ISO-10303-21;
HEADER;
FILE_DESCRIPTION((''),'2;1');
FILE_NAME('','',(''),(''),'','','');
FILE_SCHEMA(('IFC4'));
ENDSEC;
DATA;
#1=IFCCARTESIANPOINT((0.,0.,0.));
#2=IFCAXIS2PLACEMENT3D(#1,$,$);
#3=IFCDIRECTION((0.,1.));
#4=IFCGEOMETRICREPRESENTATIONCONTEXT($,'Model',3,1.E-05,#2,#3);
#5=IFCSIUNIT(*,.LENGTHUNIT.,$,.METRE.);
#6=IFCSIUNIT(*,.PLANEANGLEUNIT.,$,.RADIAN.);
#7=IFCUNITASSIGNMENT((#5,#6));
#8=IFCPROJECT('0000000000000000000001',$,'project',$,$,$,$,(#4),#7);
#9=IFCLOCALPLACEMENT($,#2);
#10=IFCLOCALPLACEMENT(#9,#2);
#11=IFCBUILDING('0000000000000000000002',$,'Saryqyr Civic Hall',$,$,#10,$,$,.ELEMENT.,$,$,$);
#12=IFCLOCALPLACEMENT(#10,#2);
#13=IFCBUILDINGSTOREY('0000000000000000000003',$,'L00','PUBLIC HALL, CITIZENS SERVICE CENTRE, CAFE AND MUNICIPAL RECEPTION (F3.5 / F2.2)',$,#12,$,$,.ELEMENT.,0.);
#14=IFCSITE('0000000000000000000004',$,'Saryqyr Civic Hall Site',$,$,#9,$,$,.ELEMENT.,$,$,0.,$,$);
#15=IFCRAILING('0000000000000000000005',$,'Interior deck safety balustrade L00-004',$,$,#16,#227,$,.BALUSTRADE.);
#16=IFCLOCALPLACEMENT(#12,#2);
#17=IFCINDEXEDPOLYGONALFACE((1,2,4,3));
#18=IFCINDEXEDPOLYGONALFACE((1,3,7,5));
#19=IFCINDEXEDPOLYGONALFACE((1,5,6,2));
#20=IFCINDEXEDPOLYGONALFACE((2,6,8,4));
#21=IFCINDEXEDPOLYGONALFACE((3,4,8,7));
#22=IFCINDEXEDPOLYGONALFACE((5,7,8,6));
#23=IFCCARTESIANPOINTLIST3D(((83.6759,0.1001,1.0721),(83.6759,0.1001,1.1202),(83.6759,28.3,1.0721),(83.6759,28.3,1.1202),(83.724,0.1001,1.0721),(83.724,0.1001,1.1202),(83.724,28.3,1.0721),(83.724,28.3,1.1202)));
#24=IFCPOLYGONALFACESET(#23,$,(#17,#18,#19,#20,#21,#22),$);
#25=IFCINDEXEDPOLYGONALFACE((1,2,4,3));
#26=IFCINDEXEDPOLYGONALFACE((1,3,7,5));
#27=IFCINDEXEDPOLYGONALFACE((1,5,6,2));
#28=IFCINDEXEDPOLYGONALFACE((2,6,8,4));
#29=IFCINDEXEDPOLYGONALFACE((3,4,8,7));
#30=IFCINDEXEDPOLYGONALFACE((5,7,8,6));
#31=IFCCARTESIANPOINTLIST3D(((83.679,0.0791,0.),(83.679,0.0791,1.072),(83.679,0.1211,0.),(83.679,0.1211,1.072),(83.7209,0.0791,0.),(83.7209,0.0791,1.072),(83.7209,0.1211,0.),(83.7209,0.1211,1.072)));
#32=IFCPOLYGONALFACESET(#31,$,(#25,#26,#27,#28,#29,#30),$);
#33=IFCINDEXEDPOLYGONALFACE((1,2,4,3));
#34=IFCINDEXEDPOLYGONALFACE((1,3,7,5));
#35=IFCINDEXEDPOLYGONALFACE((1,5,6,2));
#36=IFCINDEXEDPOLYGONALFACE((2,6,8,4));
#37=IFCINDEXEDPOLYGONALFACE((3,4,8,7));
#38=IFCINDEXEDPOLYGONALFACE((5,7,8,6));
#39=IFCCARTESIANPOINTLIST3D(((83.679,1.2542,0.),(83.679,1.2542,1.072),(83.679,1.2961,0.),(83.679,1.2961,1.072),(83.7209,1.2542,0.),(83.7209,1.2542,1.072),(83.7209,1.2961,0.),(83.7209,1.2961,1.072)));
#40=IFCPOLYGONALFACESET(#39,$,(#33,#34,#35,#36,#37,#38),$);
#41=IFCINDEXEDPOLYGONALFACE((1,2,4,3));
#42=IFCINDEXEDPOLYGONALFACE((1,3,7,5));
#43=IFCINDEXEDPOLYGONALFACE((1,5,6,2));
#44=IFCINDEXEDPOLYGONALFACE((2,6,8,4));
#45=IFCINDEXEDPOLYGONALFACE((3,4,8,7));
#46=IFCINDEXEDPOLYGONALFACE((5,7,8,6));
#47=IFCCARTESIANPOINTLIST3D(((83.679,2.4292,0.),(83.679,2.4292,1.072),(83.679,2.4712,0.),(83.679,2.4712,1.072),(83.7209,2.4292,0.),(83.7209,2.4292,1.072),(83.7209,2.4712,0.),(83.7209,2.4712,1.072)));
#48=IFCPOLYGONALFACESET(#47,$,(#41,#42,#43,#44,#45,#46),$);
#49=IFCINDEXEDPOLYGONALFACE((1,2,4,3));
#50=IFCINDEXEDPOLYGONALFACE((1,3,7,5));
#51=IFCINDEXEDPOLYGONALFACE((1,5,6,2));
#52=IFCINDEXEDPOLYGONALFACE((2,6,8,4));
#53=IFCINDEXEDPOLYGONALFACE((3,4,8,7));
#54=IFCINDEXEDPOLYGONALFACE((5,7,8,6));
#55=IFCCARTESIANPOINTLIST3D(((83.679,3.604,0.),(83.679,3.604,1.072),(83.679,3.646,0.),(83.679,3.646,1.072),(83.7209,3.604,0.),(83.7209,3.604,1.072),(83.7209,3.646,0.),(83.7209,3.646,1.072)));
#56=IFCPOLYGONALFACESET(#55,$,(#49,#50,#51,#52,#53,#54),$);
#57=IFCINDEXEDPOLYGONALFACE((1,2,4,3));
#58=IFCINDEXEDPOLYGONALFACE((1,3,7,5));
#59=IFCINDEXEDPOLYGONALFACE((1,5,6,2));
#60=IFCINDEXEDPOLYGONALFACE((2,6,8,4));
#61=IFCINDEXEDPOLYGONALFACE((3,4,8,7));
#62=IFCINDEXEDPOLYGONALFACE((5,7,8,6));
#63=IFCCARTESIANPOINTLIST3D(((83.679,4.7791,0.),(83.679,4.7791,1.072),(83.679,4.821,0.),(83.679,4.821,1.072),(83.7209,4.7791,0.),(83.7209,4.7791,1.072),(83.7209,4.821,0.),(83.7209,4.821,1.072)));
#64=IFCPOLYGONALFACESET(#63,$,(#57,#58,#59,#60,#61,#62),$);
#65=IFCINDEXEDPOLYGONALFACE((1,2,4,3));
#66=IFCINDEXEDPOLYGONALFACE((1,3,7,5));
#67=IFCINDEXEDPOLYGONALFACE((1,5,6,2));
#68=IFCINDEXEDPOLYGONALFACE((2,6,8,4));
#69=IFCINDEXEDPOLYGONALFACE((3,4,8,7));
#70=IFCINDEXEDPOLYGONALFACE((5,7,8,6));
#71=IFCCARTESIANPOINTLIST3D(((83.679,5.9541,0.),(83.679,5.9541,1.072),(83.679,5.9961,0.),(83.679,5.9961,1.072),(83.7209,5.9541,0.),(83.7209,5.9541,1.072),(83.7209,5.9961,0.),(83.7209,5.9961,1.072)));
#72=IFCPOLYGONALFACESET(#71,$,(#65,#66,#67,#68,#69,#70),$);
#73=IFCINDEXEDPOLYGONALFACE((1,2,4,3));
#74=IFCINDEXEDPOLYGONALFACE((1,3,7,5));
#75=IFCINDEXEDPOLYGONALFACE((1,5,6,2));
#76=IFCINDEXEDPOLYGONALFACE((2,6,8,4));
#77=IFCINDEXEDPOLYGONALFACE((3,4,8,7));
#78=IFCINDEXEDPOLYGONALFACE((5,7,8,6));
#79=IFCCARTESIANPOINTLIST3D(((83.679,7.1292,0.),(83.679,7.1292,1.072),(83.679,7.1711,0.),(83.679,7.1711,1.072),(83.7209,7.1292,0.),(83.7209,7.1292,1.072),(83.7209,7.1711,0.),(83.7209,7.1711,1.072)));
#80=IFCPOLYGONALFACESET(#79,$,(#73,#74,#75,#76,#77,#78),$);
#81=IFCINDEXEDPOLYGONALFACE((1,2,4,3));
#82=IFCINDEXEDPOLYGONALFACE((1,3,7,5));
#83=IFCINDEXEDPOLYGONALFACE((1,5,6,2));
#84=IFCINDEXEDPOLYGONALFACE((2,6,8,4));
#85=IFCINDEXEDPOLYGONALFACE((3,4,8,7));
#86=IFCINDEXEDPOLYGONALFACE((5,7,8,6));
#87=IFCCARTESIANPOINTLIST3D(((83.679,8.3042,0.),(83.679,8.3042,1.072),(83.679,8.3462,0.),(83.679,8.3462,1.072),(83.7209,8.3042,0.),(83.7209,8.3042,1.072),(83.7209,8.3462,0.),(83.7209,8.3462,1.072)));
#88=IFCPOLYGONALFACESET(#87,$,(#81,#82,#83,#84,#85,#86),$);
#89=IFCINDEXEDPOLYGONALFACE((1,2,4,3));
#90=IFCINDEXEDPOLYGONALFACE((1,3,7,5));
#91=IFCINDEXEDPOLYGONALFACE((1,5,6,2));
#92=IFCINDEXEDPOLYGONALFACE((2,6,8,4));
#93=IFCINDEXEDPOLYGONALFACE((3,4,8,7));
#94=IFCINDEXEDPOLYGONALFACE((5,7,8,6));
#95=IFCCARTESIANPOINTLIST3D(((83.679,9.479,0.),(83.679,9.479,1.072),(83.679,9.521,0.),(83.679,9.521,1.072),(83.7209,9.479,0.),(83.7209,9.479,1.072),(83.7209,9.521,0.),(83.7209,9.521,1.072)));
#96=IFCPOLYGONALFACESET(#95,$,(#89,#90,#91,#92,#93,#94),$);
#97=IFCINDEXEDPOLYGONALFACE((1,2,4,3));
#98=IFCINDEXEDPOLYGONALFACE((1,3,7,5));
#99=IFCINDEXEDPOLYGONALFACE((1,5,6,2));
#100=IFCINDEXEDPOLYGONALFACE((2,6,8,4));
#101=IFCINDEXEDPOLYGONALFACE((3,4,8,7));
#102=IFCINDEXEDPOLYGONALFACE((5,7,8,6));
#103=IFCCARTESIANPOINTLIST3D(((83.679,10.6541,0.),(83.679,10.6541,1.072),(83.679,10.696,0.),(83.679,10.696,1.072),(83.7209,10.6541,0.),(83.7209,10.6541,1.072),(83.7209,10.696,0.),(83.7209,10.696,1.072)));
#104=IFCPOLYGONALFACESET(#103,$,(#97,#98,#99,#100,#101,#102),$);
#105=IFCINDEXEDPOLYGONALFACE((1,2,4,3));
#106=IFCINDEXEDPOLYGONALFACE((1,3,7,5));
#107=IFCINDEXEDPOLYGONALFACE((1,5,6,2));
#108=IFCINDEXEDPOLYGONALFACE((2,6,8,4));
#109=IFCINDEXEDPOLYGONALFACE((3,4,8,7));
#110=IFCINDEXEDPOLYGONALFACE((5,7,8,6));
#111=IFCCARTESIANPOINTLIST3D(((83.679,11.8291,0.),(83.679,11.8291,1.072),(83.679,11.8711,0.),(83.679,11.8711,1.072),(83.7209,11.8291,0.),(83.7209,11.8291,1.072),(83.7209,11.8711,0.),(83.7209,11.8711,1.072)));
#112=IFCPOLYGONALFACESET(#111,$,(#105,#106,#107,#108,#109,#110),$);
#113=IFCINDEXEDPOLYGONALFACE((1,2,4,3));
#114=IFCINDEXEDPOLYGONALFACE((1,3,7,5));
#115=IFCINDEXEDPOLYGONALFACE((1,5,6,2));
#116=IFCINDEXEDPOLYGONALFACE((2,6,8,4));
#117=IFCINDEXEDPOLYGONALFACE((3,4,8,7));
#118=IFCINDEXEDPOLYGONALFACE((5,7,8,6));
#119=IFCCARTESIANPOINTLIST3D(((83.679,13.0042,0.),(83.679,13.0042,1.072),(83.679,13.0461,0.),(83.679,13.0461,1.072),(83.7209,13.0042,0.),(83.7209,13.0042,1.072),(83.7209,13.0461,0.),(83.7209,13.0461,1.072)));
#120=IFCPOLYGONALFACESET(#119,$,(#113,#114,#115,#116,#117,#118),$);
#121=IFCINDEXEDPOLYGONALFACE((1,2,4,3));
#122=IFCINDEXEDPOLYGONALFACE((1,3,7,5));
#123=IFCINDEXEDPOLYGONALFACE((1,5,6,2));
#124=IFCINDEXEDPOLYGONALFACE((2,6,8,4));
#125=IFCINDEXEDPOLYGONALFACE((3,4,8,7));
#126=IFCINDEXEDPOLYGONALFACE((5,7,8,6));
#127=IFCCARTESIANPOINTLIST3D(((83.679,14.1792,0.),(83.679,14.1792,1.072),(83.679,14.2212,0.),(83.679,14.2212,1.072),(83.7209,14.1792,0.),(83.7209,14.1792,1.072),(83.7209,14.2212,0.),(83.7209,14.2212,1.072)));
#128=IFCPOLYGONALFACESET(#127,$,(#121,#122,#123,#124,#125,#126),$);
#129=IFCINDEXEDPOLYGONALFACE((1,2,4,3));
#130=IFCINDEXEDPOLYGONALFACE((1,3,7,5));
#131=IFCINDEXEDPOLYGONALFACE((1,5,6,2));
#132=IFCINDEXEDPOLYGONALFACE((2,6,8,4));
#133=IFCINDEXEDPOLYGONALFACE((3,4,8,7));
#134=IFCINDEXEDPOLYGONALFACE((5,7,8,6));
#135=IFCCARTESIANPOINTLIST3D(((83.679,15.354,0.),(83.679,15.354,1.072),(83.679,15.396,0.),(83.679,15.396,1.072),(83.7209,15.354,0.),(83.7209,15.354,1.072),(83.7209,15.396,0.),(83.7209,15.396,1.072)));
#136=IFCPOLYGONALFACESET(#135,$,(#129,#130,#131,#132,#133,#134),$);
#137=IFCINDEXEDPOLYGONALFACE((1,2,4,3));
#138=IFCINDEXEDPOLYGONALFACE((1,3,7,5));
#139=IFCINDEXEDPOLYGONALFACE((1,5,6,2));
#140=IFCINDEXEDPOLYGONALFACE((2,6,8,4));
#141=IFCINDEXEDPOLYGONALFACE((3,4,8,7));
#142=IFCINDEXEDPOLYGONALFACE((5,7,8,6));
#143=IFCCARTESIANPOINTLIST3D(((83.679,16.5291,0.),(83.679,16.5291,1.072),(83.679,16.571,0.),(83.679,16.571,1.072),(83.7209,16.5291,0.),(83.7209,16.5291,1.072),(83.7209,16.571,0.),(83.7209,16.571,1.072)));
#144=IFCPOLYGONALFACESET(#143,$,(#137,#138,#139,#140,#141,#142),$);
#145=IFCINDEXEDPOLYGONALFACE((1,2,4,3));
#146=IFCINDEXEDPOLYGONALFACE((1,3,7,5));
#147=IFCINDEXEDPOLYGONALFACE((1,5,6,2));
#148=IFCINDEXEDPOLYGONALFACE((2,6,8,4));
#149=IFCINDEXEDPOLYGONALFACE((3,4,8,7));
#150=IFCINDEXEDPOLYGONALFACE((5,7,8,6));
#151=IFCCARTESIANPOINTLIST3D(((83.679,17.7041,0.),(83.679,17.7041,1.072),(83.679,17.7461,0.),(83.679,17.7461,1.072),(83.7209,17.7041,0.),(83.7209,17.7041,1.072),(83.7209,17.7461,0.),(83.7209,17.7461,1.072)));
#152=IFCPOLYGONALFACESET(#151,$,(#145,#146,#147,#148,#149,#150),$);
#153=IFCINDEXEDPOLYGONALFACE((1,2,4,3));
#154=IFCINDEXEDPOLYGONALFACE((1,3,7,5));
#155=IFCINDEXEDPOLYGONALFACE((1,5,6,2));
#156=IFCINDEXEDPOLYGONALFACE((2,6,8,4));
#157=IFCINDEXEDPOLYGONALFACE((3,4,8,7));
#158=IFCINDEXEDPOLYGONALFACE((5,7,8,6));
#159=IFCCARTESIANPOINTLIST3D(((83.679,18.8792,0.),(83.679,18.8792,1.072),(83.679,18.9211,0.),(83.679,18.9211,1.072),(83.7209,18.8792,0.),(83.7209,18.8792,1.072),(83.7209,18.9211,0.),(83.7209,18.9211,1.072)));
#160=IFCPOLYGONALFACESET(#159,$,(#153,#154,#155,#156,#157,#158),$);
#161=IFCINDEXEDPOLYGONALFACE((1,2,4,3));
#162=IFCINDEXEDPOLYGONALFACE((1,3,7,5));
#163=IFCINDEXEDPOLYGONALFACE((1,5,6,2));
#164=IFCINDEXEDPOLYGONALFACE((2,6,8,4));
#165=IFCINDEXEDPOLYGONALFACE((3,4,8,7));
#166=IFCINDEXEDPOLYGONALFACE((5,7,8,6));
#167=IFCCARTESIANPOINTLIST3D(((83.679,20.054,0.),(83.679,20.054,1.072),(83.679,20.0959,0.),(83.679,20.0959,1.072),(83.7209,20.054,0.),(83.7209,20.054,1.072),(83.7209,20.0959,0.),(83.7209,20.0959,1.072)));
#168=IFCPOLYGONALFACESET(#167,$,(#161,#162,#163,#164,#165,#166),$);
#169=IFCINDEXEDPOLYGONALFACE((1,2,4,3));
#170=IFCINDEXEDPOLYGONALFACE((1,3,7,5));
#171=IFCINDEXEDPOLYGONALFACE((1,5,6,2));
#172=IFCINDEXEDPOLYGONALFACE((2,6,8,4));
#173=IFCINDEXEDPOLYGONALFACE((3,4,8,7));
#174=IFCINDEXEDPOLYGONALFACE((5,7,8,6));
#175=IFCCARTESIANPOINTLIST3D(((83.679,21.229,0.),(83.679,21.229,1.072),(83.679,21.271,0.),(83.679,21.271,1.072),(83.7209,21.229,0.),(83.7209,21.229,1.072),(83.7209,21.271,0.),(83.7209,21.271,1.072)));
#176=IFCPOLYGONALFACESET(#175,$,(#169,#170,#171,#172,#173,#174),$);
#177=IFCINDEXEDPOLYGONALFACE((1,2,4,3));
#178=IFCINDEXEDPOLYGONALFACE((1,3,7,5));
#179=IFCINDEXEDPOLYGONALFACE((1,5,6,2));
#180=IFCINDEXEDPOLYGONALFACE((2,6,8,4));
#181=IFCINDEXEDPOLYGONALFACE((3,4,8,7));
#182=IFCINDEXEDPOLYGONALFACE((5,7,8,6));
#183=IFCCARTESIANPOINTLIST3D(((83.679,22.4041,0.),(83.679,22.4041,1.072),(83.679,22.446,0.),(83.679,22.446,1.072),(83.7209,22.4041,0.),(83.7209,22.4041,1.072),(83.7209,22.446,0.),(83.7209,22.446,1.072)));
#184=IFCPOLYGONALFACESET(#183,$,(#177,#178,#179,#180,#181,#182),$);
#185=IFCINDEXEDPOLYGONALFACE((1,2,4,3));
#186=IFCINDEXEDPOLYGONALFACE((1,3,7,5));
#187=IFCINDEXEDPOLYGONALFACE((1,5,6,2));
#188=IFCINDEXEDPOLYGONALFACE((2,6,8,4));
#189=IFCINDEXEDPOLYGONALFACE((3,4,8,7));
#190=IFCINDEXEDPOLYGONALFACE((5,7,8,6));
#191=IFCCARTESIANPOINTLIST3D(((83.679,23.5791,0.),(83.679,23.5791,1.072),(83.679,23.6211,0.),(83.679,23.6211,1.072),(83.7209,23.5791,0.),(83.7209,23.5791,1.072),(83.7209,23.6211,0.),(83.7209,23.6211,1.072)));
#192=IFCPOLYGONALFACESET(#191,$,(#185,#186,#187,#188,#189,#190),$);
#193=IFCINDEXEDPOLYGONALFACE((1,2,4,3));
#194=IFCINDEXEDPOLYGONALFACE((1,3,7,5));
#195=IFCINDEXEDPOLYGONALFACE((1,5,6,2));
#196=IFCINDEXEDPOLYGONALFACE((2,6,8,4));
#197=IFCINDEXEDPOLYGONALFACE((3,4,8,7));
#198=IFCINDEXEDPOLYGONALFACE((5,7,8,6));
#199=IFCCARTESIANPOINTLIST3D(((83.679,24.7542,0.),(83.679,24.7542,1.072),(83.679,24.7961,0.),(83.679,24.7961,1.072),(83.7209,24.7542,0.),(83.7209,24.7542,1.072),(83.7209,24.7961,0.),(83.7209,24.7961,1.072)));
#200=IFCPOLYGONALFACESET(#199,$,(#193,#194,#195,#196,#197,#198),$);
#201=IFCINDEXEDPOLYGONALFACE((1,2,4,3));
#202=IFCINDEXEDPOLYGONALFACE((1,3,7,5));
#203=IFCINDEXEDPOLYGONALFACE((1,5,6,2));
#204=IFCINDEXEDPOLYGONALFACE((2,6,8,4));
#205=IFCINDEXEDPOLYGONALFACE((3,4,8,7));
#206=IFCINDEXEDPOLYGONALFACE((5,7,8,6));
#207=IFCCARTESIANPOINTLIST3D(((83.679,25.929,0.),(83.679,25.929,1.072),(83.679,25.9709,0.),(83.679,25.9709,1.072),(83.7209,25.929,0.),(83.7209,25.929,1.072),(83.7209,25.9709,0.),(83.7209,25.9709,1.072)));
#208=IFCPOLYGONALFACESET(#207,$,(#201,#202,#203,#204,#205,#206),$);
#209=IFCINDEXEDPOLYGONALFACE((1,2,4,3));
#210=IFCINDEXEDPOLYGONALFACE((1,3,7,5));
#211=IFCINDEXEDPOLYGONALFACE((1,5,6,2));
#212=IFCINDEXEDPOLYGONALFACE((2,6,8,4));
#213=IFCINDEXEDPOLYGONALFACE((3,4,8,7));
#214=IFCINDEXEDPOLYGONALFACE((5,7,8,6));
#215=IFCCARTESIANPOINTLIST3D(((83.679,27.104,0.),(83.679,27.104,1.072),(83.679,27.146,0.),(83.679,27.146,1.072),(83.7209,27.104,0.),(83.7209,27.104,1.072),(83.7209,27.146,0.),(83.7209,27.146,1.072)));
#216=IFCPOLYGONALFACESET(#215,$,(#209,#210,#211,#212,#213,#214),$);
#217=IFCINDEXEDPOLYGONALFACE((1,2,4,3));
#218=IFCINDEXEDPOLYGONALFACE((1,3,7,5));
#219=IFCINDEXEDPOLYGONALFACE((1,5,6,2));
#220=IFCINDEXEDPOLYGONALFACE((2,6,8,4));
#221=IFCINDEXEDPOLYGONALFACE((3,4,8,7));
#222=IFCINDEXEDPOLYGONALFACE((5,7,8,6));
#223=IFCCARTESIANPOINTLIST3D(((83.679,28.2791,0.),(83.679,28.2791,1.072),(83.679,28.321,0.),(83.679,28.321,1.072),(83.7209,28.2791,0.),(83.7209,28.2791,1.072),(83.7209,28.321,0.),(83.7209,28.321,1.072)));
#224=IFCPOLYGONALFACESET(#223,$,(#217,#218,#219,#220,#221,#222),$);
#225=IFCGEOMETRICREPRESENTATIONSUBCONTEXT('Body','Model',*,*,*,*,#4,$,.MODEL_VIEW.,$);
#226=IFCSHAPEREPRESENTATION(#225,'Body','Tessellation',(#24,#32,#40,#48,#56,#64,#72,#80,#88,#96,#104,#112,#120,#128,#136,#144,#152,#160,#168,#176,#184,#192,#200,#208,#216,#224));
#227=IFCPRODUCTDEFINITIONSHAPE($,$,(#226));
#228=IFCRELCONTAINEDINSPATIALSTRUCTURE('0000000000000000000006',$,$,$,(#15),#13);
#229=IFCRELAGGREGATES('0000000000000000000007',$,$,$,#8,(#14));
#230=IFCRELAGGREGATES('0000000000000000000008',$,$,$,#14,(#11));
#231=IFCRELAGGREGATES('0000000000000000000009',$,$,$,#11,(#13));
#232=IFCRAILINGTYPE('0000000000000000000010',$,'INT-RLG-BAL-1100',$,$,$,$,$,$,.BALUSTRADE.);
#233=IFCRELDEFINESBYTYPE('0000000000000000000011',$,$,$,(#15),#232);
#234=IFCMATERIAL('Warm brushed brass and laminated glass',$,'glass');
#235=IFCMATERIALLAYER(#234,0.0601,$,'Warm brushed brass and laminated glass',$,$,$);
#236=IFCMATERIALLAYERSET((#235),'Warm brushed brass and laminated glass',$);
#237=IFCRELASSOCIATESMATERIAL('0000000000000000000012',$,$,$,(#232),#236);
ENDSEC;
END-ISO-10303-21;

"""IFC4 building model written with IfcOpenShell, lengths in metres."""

from ifc_helpers import new_model, si_unit, direction, frame, origin, origin_2d, place, context, subcontext, project, spatial, rectangle, extrude, material, layer, layer_set, type_object, element, save


model = new_model("IFC4")

# Units and contexts
model_context = context("Model", 3, precision=1e-05, world=origin(), true_north=direction((0.0, 1.0)))
body_context = subcontext(model_context, "Body", "Model", "MODEL_VIEW")
ifc_project = project(units=[si_unit("LENGTHUNIT", "METRE"), si_unit("PLANEANGLEUNIT", "RADIAN")], contexts=[model_context])

# Site, building, storey
site_placement = place(None, origin())
site = spatial("IfcSite", under=ifc_project, at=site_placement, Name="Saryqyr Civic Hall Site", CompositionType="ELEMENT", RefElevation=0.0)
building_placement = place(site_placement, origin())
building = spatial("IfcBuilding", under=site, at=building_placement, Name="Saryqyr Civic Hall", CompositionType="ELEMENT")
storey_placement = place(building_placement, origin())
storey = spatial("IfcBuildingStorey", under=building, at=storey_placement, Name="L00", Description="PUBLIC HALL, CITIZENS SERVICE CENTRE, CAFE AND MUNICIPAL RECEPTION (F3.5 / F2.2)", CompositionType="ELEMENT", Elevation=0.0)

# Railing
ifc_material_1 = material(Name="Warm brushed brass and laminated glass", Category="glass")
ifc_layer_1 = layer(ifc_material_1, 0.0601, Name="Warm brushed brass and laminated glass")
ifc_layer_set_1 = layer_set([ifc_layer_1], Name="Warm brushed brass and laminated glass")
railing_type = type_object("IfcRailingType", Name="INT-RLG-BAL-1100", PredefinedType="BALUSTRADE", material=ifc_layer_set_1)
railing_placement = place(storey_placement, frame((83.7, 0.1001, 0.0)))
element("IfcRailing", 1, at=railing_placement, inside=storey, type_object=railing_type, Name="Interior deck safety balustrade L00-004", PredefinedType="BALUSTRADE", context=body_context, shape_type="SweptSolid", body=[
    extrude(rectangle(XDim=0.0481, YDim=0.0481, at=origin_2d()), frame((0.0, 0.0, 1.0962), z_axis=(0.0, 1.0, 0.0), x_axis=(-1.0, 0.0, 0.0)), (0.0, 0.0, 1.0), 28.2),
    extrude(rectangle(XDim=0.042, YDim=0.042, at=origin_2d()), origin(), (0.0, 0.0, 1.0), 1.072),
    extrude(rectangle(XDim=0.042, YDim=0.042, at=origin_2d()), frame((0.0, 1.175, 0.0)), (0.0, 0.0, 1.0), 1.072),
    extrude(rectangle(XDim=0.042, YDim=0.042, at=origin_2d()), frame((0.0, 2.3501, 0.0)), (0.0, 0.0, 1.0), 1.072),
    extrude(rectangle(XDim=0.042, YDim=0.042, at=origin_2d()), frame((0.0, 3.5249, 0.0)), (0.0, 0.0, 1.0), 1.072),
    extrude(rectangle(XDim=0.042, YDim=0.042, at=origin_2d()), frame((0.0, 4.7, 0.0)), (0.0, 0.0, 1.0), 1.072),
    extrude(rectangle(XDim=0.042, YDim=0.042, at=origin_2d()), frame((0.0, 5.875, 0.0)), (0.0, 0.0, 1.0), 1.072),
    extrude(rectangle(XDim=0.042, YDim=0.042, at=origin_2d()), frame((0.0, 7.05, 0.0)), (0.0, 0.0, 1.0), 1.072),
    extrude(rectangle(XDim=0.042, YDim=0.042, at=origin_2d()), frame((0.0, 8.2251, 0.0)), (0.0, 0.0, 1.0), 1.072),
    extrude(rectangle(XDim=0.042, YDim=0.042, at=origin_2d()), frame((0.0, 9.3999, 0.0)), (0.0, 0.0, 1.0), 1.072),
    extrude(rectangle(XDim=0.042, YDim=0.042, at=origin_2d()), frame((0.0, 10.575, 0.0)), (0.0, 0.0, 1.0), 1.072),
    extrude(rectangle(XDim=0.042, YDim=0.042, at=origin_2d()), frame((0.0, 11.75, 0.0)), (0.0, 0.0, 1.0), 1.072),
    extrude(rectangle(XDim=0.042, YDim=0.042, at=origin_2d()), frame((0.0, 12.925, 0.0)), (0.0, 0.0, 1.0), 1.072),
    extrude(rectangle(XDim=0.042, YDim=0.042, at=origin_2d()), frame((0.0, 14.1001, 0.0)), (0.0, 0.0, 1.0), 1.072),
    extrude(rectangle(XDim=0.042, YDim=0.042, at=origin_2d()), frame((0.0, 15.2749, 0.0)), (0.0, 0.0, 1.0), 1.072),
    extrude(rectangle(XDim=0.042, YDim=0.042, at=origin_2d()), frame((0.0, 16.45, 0.0)), (0.0, 0.0, 1.0), 1.072),
    extrude(rectangle(XDim=0.042, YDim=0.042, at=origin_2d()), frame((0.0, 17.625, 0.0)), (0.0, 0.0, 1.0), 1.072),
    extrude(rectangle(XDim=0.042, YDim=0.042, at=origin_2d()), frame((0.0, 18.8, 0.0)), (0.0, 0.0, 1.0), 1.072),
    extrude(rectangle(XDim=0.042, YDim=0.042, at=origin_2d()), frame((0.0, 19.9749, 0.0)), (0.0, 0.0, 1.0), 1.072),
    extrude(rectangle(XDim=0.042, YDim=0.042, at=origin_2d()), frame((0.0, 21.1499, 0.0)), (0.0, 0.0, 1.0), 1.072),
    extrude(rectangle(XDim=0.042, YDim=0.042, at=origin_2d()), frame((0.0, 22.325, 0.0)), (0.0, 0.0, 1.0), 1.072),
    extrude(rectangle(XDim=0.042, YDim=0.042, at=origin_2d()), frame((0.0, 23.5, 0.0)), (0.0, 0.0, 1.0), 1.072),
    extrude(rectangle(XDim=0.042, YDim=0.042, at=origin_2d()), frame((0.0, 24.675, 0.0)), (0.0, 0.0, 1.0), 1.072),
    extrude(rectangle(XDim=0.042, YDim=0.042, at=origin_2d()), frame((0.0, 25.8499, 0.0)), (0.0, 0.0, 1.0), 1.072),
    extrude(rectangle(XDim=0.042, YDim=0.042, at=origin_2d()), frame((0.0, 27.0249, 0.0)), (0.0, 0.0, 1.0), 1.072),
    extrude(rectangle(XDim=0.042, YDim=0.042, at=origin_2d()), frame((0.0, 28.2, 0.0)), (0.0, 0.0, 1.0), 1.072),
])

save(model, "model.ifc")
